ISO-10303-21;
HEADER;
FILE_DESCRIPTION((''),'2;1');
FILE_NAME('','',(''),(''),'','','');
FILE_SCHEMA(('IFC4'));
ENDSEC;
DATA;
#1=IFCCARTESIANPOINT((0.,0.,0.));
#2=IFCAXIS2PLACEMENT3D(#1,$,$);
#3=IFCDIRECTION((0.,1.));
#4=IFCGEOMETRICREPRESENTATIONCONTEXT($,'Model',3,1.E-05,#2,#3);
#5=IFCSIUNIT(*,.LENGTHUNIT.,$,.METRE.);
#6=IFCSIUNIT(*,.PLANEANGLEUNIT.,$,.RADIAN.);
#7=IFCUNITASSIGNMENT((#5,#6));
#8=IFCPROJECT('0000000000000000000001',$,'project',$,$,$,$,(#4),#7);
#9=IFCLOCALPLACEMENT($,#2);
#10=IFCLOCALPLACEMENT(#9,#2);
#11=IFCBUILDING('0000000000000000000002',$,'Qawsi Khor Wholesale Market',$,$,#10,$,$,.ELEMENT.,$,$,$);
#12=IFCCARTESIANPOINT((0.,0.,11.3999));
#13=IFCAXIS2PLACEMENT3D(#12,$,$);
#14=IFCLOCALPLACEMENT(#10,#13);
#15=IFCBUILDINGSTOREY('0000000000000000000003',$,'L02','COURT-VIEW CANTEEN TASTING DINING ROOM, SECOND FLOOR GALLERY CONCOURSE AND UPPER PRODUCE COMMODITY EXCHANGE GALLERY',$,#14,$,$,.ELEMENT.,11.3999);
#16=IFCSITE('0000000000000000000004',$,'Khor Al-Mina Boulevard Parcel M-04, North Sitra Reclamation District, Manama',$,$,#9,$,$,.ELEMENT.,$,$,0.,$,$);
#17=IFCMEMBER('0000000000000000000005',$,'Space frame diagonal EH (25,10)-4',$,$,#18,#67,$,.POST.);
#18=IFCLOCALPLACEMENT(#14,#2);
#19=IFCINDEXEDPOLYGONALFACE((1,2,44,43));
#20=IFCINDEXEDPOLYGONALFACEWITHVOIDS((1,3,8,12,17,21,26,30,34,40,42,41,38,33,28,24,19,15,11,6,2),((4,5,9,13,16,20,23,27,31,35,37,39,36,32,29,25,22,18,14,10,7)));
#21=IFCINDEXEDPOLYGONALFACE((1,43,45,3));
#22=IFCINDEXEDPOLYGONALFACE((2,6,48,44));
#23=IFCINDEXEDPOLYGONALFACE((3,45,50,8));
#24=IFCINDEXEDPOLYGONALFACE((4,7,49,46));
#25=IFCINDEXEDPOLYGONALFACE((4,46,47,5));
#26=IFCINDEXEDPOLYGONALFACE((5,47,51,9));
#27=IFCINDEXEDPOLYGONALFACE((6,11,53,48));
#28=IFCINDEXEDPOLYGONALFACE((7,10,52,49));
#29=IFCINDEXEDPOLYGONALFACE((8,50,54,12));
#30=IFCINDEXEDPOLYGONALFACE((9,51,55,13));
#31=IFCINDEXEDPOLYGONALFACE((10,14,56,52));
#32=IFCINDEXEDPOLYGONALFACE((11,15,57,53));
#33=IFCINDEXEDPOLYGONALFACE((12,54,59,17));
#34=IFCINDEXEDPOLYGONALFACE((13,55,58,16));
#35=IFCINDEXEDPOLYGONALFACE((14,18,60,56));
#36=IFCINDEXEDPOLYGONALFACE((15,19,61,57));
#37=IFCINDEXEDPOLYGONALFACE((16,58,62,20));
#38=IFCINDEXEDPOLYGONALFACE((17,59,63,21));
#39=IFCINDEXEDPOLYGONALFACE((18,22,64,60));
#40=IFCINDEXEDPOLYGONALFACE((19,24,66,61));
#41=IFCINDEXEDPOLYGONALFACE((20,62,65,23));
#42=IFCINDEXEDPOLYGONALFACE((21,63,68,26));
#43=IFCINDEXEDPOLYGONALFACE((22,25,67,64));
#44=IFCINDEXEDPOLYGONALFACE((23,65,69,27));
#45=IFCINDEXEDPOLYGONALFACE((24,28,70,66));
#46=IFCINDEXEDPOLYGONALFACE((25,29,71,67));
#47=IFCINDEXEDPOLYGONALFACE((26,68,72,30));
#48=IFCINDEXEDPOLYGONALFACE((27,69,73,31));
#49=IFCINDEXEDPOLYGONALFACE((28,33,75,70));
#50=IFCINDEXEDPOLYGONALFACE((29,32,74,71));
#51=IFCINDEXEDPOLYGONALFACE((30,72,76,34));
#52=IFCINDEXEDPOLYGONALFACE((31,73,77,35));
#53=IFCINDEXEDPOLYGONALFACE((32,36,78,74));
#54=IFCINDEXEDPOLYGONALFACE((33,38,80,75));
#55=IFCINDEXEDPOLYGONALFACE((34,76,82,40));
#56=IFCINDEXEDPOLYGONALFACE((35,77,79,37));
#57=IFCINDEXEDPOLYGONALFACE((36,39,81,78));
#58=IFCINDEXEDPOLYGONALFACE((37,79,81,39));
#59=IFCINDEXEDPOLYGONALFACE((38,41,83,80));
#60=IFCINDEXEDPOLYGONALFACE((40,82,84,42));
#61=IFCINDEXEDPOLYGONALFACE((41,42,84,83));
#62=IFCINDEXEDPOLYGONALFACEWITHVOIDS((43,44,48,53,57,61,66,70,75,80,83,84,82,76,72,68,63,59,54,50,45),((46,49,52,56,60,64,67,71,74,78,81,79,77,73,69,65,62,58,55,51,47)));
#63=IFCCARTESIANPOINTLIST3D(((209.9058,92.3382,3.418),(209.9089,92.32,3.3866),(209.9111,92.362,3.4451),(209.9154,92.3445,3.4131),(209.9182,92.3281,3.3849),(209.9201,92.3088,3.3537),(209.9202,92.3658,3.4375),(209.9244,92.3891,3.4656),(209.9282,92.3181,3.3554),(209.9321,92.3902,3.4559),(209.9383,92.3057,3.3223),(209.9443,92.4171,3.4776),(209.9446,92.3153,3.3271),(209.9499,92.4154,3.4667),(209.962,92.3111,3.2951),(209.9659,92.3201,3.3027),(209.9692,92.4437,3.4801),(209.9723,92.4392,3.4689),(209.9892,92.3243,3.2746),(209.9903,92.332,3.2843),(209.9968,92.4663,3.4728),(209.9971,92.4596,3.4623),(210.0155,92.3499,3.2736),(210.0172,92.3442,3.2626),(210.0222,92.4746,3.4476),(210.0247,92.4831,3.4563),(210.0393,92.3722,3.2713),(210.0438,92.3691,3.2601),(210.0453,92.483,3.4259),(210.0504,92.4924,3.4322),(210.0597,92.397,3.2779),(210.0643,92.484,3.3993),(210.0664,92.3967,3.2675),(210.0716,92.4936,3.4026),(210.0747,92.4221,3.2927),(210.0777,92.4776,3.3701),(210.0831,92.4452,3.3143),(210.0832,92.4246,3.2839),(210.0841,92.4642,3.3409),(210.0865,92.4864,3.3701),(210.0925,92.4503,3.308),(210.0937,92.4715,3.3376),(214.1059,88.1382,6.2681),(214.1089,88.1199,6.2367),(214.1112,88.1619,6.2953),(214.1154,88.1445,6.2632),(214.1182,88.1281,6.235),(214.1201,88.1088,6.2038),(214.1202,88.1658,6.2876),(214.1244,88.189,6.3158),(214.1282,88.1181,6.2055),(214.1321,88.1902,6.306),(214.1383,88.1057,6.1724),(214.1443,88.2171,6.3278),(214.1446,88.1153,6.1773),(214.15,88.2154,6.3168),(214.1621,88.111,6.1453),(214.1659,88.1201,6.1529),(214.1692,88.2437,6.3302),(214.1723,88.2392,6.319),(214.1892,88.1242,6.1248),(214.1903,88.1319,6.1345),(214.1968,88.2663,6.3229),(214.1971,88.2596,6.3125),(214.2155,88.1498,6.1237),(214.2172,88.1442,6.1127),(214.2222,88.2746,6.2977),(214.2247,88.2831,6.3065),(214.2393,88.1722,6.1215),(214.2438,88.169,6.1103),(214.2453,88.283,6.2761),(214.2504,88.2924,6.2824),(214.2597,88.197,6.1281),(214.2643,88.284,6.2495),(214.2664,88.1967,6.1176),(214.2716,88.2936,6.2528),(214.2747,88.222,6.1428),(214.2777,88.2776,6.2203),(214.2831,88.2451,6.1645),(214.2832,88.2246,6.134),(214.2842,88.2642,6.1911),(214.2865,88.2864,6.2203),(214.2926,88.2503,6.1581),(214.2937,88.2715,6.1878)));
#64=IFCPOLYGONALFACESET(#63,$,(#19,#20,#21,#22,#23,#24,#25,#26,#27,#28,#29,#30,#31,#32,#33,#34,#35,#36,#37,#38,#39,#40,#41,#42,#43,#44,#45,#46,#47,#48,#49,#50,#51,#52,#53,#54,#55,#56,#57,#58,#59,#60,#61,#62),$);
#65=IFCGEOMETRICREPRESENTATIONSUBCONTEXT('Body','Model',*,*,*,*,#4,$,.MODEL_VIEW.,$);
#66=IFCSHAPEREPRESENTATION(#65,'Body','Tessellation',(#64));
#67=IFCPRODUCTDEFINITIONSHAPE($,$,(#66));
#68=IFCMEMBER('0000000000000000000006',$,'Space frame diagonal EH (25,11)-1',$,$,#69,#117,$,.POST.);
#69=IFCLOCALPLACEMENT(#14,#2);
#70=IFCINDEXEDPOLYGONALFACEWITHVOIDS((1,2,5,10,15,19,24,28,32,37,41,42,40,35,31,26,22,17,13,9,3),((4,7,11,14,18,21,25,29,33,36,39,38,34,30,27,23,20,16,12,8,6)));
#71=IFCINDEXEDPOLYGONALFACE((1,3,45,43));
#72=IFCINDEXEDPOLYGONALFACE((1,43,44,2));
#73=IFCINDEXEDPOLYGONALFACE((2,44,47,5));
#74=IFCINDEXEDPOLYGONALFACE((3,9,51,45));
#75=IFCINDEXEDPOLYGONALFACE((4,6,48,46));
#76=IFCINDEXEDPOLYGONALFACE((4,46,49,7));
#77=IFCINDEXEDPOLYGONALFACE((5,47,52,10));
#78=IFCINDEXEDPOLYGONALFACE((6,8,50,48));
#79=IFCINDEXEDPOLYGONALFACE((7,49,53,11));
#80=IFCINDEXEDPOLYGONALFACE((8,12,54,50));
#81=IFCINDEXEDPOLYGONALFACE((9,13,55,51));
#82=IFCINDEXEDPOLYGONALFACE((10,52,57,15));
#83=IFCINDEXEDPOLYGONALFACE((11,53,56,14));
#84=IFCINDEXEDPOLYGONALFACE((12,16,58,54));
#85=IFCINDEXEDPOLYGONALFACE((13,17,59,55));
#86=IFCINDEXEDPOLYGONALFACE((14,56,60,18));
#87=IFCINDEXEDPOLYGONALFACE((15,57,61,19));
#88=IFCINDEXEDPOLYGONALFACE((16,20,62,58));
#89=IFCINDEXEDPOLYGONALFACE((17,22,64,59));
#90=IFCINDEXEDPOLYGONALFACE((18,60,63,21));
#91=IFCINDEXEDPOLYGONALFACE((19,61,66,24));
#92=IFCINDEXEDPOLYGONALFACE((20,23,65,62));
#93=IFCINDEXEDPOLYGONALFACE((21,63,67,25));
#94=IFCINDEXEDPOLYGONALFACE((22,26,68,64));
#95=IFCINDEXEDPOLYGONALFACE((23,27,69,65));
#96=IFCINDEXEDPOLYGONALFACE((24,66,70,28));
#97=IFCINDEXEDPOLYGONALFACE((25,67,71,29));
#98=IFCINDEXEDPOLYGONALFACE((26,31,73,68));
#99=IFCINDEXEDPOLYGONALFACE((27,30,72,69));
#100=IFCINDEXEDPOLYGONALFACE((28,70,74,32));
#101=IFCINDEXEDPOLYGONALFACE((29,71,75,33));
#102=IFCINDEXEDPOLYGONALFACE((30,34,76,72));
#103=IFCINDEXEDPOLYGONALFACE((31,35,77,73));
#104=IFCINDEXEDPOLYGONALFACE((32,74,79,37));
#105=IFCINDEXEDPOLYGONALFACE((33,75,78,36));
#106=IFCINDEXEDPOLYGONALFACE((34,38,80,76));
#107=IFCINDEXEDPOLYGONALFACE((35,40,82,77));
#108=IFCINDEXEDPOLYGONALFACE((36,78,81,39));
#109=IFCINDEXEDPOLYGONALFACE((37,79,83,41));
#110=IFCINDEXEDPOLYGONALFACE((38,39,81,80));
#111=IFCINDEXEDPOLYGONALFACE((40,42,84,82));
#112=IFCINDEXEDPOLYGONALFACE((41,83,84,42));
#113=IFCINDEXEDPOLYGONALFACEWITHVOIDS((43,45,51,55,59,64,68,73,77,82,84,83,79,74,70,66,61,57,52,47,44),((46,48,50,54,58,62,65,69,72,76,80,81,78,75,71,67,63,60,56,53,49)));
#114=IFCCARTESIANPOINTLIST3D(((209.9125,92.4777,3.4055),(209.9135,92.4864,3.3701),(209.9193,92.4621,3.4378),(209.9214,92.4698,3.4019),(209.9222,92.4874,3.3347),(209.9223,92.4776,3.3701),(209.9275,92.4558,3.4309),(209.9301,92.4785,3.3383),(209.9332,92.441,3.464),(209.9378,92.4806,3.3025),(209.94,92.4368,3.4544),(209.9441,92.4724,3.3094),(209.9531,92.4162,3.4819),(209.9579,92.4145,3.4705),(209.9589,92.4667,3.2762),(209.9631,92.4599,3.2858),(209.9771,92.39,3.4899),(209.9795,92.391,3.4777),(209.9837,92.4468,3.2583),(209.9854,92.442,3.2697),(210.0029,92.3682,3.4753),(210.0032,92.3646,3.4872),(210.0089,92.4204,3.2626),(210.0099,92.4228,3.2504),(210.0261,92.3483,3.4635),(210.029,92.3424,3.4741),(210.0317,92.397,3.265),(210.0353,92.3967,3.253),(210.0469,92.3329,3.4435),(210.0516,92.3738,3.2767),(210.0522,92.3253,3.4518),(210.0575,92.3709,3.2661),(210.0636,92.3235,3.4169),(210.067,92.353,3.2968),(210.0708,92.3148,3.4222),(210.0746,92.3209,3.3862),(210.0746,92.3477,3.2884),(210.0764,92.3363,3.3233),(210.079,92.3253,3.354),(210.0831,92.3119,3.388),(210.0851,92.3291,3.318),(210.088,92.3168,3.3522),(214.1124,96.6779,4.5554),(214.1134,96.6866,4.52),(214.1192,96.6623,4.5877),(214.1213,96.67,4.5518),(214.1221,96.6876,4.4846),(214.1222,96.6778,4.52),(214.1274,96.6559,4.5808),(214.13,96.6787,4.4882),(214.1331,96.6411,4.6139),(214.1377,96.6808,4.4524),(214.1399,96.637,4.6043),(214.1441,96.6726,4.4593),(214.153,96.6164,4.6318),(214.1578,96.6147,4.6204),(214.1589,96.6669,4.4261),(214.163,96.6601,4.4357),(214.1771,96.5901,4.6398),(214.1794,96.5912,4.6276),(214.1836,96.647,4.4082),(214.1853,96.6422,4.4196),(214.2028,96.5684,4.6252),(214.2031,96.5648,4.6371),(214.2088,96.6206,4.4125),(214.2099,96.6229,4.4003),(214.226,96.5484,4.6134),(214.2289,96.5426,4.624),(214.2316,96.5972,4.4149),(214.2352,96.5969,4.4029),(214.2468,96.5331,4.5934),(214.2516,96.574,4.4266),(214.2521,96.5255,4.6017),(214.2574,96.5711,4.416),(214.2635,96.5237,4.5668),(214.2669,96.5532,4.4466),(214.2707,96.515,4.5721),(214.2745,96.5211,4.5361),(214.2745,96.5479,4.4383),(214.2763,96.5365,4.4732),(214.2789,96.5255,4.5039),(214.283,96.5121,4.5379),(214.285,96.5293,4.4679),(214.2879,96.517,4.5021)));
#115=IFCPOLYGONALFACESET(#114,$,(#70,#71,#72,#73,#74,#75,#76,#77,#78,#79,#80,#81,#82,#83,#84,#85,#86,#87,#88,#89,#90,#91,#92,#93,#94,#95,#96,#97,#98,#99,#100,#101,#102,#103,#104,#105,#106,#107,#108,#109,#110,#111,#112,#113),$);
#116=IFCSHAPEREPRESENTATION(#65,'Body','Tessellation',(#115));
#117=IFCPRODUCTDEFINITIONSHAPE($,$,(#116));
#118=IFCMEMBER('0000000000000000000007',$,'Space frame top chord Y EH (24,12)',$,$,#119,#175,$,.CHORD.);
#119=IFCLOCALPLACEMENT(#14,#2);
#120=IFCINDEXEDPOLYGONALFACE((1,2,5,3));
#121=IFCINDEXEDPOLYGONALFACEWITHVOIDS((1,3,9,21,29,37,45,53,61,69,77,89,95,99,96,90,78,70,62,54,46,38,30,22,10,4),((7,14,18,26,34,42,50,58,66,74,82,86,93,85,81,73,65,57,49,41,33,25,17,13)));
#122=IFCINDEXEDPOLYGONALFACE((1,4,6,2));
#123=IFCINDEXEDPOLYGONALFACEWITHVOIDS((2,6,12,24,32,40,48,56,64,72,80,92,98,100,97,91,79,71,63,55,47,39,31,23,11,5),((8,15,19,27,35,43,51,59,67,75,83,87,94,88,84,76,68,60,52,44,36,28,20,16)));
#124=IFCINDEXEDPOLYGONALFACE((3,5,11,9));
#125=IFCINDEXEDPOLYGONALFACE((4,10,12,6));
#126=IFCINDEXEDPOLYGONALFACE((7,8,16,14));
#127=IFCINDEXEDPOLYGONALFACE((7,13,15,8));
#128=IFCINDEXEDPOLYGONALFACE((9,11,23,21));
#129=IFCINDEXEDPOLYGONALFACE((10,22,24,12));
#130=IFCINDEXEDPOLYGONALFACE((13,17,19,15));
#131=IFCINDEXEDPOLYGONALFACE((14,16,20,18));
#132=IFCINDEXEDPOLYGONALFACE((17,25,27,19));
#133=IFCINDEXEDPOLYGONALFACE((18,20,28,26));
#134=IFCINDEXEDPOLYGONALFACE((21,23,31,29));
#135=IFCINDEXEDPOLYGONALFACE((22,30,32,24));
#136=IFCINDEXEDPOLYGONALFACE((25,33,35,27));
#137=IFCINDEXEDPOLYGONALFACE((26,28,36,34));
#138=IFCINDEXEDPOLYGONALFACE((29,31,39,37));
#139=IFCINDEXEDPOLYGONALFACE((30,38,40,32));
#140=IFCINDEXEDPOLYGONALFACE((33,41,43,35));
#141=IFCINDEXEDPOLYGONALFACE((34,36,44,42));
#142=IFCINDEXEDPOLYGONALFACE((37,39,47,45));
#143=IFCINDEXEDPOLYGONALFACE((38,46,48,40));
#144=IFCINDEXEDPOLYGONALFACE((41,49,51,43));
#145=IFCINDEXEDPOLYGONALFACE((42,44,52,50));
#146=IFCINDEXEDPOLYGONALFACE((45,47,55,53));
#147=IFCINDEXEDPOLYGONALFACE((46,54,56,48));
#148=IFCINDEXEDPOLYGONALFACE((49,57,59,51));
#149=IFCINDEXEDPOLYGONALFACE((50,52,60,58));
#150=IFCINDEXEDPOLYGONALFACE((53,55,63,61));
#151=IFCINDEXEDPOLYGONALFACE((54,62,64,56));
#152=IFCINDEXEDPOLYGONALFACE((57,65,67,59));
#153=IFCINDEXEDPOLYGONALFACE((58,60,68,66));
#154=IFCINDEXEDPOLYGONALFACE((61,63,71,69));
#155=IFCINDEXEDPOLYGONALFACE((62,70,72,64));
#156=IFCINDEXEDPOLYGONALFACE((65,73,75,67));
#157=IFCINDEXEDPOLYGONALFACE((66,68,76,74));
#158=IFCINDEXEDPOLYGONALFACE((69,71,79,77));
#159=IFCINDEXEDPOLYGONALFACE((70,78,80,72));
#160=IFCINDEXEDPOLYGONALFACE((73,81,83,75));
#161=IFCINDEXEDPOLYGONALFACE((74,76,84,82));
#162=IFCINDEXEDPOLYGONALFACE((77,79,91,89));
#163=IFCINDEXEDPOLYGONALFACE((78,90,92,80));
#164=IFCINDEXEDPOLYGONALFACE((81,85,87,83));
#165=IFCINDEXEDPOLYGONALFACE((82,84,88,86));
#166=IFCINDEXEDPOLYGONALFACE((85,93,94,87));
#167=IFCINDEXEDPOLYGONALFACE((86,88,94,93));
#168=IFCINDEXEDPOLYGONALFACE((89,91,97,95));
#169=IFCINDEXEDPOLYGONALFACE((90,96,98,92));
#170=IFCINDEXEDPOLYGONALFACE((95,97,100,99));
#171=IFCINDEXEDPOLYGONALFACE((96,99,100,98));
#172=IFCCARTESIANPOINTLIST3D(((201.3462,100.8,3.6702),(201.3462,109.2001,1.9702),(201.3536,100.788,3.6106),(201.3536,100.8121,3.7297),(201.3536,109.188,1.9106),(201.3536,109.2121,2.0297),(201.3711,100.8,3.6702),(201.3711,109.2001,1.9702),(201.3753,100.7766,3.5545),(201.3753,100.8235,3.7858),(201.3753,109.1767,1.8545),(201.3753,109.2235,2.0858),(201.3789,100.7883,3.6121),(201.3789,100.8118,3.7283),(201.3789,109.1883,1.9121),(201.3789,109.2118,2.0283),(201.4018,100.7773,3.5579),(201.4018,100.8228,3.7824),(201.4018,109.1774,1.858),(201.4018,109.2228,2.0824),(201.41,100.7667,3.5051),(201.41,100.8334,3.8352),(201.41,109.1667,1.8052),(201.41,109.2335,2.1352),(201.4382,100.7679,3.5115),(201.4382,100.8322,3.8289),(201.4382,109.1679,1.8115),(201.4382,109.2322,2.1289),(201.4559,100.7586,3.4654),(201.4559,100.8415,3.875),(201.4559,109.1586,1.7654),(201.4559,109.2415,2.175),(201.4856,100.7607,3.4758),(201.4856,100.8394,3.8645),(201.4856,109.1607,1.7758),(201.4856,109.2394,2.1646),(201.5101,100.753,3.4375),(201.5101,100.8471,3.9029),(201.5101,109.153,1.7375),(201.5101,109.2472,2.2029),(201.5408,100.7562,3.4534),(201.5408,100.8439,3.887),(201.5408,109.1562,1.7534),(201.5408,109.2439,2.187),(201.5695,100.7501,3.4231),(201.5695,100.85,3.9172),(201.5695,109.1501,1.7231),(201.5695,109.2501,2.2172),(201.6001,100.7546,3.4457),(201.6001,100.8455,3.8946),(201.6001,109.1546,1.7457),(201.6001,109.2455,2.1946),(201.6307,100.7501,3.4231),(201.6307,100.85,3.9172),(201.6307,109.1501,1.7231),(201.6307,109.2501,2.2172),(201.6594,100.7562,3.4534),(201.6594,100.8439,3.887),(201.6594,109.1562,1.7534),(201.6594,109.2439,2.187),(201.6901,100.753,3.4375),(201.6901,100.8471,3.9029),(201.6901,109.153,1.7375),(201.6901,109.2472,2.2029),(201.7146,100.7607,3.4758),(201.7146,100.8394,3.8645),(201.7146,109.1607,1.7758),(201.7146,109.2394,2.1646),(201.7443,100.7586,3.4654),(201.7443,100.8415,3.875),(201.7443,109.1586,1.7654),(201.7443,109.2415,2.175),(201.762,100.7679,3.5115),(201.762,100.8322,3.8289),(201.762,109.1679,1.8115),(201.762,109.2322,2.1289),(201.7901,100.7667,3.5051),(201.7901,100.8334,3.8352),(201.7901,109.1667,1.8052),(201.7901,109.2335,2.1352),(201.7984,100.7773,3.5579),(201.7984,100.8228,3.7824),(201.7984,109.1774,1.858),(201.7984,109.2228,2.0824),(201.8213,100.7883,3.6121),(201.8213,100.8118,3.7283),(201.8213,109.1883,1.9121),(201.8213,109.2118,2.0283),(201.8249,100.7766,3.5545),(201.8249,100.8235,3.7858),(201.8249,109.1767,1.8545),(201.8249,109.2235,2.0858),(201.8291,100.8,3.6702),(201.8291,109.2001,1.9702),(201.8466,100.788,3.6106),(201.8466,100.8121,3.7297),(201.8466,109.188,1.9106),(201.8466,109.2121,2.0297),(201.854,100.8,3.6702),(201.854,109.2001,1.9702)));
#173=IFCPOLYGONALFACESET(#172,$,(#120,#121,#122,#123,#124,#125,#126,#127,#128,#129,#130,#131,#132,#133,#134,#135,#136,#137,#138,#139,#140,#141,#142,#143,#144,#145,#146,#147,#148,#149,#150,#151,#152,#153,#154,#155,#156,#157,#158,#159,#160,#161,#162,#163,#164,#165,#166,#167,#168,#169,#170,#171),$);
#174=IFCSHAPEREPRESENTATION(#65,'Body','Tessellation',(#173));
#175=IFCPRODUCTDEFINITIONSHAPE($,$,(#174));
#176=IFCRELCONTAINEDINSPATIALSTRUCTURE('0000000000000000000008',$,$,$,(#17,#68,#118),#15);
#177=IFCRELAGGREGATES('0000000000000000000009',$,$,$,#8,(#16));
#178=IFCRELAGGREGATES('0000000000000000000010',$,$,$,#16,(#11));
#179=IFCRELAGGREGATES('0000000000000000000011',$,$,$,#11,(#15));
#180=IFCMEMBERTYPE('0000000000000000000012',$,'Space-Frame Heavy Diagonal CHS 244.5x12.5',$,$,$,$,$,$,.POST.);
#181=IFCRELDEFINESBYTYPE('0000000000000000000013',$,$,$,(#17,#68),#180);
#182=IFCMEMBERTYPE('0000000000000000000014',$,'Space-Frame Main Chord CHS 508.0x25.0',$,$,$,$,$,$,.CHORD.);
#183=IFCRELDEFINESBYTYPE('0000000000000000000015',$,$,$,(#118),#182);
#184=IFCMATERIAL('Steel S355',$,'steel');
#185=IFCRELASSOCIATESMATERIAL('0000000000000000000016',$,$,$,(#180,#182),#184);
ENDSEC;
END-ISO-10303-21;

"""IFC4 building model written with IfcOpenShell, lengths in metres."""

from ifc_helpers import new_model, si_unit, direction, frame, origin, origin_2d, place, context, subcontext, project, spatial, hollow_circle, extrude, material, material_profile, profile_set, type_object, element, save


model = new_model("IFC4")

# Units and contexts
model_context = context("Model", 3, precision=1e-05, world=origin(), true_north=direction((0.0, 1.0)))
body_context = subcontext(model_context, "Body", "Model", "MODEL_VIEW")
ifc_project = project(units=[si_unit("LENGTHUNIT", "METRE"), si_unit("PLANEANGLEUNIT", "RADIAN")], contexts=[model_context])

# Site, building, storey
site_placement = place(None, origin())
site = spatial("IfcSite", under=ifc_project, at=site_placement, Name="Khor Al-Mina Boulevard Parcel M-04, North Sitra Reclamation District, Manama", CompositionType="ELEMENT", RefElevation=0.0)
building_placement = place(site_placement, origin())
building = spatial("IfcBuilding", under=site, at=building_placement, Name="Qawsi Khor Wholesale Market", CompositionType="ELEMENT")
storey_placement = place(building_placement, frame((0.0, 0.0, 11.3999)))
storey = spatial("IfcBuildingStorey", under=building, at=storey_placement, Name="L02", Description="COURT-VIEW CANTEEN TASTING DINING ROOM, SECOND FLOOR GALLERY CONCOURSE AND UPPER PRODUCE COMMODITY EXCHANGE GALLERY", CompositionType="ELEMENT", Elevation=11.3999)

# Members
ifc_material_1 = material(Name="Steel S355", Category="steel")
ifc_material_profile_1 = material_profile(ifc_material_1, hollow_circle(Radius=0.1223, WallThickness=0.0125, at=origin_2d()), Name="CHS 244.5x12.5")
ifc_profile_set_1 = profile_set([ifc_material_profile_1], Name="Steel S355")
member_type_1 = type_object("IfcMemberType", Name="Space-Frame Heavy Diagonal CHS 244.5x12.5", PredefinedType="POST", material=ifc_profile_set_1)
member_1_placement = place(storey_placement, frame((210.0, 92.3999, 3.3701), z_axis=(0.637512, -0.637512, 0.432617), x_axis=(0.707107, 0.707107, 0.0)))
element("IfcMember", 1, at=member_1_placement, inside=storey, type_object=member_type_1, Name="Space frame diagonal EH (25,10)-4", PredefinedType="POST", context=body_context, shape_type="SweptSolid", body=[
    extrude(hollow_circle(Radius=0.1223, WallThickness=0.0125, at=origin_2d()), origin(), (0.0, 0.0, 1.0), 6.5881),
])
member_2_placement = place(storey_placement, frame((210.0, 92.3999, 3.3701), z_axis=(0.694197, 0.694238, 0.190064), x_axis=(-0.707127, 0.707086, 0.0)))
element("IfcMember", 2, at=member_2_placement, inside=storey, type_object=member_type_1, Name="Space frame diagonal EH (25,11)-1", PredefinedType="POST", context=body_context, shape_type="SweptSolid", body=[
    extrude(hollow_circle(Radius=0.1223, WallThickness=0.0125, at=origin_2d()), origin(), (0.0, 0.0, 1.0), 6.05),
])
ifc_material_profile_2 = material_profile(ifc_material_1, hollow_circle(Radius=0.2539, WallThickness=0.0249, at=origin_2d()), Name="CHS 508.0x25.0")
ifc_profile_set_2 = profile_set([ifc_material_profile_2], Name="Steel S355")
member_type_2 = type_object("IfcMemberType", Name="Space-Frame Main Chord CHS 508.0x25.0", PredefinedType="CHORD", material=ifc_profile_set_2)
member_3_placement = place(storey_placement, frame((201.6001, 100.8, 3.6702), z_axis=(0.0, 0.98013, -0.198356), x_axis=(-1.0, 0.0, 0.0)))
element("IfcMember", 3, at=member_3_placement, inside=storey, type_object=member_type_2, Name="Space frame top chord Y EH (24,12)", PredefinedType="CHORD", context=body_context, shape_type="SweptSolid", body=[
    extrude(hollow_circle(Radius=0.2539, WallThickness=0.0249, at=origin_2d()), origin(), (0.0, 0.0, 1.0), 8.5703),
])

save(model, "model.ifc")
